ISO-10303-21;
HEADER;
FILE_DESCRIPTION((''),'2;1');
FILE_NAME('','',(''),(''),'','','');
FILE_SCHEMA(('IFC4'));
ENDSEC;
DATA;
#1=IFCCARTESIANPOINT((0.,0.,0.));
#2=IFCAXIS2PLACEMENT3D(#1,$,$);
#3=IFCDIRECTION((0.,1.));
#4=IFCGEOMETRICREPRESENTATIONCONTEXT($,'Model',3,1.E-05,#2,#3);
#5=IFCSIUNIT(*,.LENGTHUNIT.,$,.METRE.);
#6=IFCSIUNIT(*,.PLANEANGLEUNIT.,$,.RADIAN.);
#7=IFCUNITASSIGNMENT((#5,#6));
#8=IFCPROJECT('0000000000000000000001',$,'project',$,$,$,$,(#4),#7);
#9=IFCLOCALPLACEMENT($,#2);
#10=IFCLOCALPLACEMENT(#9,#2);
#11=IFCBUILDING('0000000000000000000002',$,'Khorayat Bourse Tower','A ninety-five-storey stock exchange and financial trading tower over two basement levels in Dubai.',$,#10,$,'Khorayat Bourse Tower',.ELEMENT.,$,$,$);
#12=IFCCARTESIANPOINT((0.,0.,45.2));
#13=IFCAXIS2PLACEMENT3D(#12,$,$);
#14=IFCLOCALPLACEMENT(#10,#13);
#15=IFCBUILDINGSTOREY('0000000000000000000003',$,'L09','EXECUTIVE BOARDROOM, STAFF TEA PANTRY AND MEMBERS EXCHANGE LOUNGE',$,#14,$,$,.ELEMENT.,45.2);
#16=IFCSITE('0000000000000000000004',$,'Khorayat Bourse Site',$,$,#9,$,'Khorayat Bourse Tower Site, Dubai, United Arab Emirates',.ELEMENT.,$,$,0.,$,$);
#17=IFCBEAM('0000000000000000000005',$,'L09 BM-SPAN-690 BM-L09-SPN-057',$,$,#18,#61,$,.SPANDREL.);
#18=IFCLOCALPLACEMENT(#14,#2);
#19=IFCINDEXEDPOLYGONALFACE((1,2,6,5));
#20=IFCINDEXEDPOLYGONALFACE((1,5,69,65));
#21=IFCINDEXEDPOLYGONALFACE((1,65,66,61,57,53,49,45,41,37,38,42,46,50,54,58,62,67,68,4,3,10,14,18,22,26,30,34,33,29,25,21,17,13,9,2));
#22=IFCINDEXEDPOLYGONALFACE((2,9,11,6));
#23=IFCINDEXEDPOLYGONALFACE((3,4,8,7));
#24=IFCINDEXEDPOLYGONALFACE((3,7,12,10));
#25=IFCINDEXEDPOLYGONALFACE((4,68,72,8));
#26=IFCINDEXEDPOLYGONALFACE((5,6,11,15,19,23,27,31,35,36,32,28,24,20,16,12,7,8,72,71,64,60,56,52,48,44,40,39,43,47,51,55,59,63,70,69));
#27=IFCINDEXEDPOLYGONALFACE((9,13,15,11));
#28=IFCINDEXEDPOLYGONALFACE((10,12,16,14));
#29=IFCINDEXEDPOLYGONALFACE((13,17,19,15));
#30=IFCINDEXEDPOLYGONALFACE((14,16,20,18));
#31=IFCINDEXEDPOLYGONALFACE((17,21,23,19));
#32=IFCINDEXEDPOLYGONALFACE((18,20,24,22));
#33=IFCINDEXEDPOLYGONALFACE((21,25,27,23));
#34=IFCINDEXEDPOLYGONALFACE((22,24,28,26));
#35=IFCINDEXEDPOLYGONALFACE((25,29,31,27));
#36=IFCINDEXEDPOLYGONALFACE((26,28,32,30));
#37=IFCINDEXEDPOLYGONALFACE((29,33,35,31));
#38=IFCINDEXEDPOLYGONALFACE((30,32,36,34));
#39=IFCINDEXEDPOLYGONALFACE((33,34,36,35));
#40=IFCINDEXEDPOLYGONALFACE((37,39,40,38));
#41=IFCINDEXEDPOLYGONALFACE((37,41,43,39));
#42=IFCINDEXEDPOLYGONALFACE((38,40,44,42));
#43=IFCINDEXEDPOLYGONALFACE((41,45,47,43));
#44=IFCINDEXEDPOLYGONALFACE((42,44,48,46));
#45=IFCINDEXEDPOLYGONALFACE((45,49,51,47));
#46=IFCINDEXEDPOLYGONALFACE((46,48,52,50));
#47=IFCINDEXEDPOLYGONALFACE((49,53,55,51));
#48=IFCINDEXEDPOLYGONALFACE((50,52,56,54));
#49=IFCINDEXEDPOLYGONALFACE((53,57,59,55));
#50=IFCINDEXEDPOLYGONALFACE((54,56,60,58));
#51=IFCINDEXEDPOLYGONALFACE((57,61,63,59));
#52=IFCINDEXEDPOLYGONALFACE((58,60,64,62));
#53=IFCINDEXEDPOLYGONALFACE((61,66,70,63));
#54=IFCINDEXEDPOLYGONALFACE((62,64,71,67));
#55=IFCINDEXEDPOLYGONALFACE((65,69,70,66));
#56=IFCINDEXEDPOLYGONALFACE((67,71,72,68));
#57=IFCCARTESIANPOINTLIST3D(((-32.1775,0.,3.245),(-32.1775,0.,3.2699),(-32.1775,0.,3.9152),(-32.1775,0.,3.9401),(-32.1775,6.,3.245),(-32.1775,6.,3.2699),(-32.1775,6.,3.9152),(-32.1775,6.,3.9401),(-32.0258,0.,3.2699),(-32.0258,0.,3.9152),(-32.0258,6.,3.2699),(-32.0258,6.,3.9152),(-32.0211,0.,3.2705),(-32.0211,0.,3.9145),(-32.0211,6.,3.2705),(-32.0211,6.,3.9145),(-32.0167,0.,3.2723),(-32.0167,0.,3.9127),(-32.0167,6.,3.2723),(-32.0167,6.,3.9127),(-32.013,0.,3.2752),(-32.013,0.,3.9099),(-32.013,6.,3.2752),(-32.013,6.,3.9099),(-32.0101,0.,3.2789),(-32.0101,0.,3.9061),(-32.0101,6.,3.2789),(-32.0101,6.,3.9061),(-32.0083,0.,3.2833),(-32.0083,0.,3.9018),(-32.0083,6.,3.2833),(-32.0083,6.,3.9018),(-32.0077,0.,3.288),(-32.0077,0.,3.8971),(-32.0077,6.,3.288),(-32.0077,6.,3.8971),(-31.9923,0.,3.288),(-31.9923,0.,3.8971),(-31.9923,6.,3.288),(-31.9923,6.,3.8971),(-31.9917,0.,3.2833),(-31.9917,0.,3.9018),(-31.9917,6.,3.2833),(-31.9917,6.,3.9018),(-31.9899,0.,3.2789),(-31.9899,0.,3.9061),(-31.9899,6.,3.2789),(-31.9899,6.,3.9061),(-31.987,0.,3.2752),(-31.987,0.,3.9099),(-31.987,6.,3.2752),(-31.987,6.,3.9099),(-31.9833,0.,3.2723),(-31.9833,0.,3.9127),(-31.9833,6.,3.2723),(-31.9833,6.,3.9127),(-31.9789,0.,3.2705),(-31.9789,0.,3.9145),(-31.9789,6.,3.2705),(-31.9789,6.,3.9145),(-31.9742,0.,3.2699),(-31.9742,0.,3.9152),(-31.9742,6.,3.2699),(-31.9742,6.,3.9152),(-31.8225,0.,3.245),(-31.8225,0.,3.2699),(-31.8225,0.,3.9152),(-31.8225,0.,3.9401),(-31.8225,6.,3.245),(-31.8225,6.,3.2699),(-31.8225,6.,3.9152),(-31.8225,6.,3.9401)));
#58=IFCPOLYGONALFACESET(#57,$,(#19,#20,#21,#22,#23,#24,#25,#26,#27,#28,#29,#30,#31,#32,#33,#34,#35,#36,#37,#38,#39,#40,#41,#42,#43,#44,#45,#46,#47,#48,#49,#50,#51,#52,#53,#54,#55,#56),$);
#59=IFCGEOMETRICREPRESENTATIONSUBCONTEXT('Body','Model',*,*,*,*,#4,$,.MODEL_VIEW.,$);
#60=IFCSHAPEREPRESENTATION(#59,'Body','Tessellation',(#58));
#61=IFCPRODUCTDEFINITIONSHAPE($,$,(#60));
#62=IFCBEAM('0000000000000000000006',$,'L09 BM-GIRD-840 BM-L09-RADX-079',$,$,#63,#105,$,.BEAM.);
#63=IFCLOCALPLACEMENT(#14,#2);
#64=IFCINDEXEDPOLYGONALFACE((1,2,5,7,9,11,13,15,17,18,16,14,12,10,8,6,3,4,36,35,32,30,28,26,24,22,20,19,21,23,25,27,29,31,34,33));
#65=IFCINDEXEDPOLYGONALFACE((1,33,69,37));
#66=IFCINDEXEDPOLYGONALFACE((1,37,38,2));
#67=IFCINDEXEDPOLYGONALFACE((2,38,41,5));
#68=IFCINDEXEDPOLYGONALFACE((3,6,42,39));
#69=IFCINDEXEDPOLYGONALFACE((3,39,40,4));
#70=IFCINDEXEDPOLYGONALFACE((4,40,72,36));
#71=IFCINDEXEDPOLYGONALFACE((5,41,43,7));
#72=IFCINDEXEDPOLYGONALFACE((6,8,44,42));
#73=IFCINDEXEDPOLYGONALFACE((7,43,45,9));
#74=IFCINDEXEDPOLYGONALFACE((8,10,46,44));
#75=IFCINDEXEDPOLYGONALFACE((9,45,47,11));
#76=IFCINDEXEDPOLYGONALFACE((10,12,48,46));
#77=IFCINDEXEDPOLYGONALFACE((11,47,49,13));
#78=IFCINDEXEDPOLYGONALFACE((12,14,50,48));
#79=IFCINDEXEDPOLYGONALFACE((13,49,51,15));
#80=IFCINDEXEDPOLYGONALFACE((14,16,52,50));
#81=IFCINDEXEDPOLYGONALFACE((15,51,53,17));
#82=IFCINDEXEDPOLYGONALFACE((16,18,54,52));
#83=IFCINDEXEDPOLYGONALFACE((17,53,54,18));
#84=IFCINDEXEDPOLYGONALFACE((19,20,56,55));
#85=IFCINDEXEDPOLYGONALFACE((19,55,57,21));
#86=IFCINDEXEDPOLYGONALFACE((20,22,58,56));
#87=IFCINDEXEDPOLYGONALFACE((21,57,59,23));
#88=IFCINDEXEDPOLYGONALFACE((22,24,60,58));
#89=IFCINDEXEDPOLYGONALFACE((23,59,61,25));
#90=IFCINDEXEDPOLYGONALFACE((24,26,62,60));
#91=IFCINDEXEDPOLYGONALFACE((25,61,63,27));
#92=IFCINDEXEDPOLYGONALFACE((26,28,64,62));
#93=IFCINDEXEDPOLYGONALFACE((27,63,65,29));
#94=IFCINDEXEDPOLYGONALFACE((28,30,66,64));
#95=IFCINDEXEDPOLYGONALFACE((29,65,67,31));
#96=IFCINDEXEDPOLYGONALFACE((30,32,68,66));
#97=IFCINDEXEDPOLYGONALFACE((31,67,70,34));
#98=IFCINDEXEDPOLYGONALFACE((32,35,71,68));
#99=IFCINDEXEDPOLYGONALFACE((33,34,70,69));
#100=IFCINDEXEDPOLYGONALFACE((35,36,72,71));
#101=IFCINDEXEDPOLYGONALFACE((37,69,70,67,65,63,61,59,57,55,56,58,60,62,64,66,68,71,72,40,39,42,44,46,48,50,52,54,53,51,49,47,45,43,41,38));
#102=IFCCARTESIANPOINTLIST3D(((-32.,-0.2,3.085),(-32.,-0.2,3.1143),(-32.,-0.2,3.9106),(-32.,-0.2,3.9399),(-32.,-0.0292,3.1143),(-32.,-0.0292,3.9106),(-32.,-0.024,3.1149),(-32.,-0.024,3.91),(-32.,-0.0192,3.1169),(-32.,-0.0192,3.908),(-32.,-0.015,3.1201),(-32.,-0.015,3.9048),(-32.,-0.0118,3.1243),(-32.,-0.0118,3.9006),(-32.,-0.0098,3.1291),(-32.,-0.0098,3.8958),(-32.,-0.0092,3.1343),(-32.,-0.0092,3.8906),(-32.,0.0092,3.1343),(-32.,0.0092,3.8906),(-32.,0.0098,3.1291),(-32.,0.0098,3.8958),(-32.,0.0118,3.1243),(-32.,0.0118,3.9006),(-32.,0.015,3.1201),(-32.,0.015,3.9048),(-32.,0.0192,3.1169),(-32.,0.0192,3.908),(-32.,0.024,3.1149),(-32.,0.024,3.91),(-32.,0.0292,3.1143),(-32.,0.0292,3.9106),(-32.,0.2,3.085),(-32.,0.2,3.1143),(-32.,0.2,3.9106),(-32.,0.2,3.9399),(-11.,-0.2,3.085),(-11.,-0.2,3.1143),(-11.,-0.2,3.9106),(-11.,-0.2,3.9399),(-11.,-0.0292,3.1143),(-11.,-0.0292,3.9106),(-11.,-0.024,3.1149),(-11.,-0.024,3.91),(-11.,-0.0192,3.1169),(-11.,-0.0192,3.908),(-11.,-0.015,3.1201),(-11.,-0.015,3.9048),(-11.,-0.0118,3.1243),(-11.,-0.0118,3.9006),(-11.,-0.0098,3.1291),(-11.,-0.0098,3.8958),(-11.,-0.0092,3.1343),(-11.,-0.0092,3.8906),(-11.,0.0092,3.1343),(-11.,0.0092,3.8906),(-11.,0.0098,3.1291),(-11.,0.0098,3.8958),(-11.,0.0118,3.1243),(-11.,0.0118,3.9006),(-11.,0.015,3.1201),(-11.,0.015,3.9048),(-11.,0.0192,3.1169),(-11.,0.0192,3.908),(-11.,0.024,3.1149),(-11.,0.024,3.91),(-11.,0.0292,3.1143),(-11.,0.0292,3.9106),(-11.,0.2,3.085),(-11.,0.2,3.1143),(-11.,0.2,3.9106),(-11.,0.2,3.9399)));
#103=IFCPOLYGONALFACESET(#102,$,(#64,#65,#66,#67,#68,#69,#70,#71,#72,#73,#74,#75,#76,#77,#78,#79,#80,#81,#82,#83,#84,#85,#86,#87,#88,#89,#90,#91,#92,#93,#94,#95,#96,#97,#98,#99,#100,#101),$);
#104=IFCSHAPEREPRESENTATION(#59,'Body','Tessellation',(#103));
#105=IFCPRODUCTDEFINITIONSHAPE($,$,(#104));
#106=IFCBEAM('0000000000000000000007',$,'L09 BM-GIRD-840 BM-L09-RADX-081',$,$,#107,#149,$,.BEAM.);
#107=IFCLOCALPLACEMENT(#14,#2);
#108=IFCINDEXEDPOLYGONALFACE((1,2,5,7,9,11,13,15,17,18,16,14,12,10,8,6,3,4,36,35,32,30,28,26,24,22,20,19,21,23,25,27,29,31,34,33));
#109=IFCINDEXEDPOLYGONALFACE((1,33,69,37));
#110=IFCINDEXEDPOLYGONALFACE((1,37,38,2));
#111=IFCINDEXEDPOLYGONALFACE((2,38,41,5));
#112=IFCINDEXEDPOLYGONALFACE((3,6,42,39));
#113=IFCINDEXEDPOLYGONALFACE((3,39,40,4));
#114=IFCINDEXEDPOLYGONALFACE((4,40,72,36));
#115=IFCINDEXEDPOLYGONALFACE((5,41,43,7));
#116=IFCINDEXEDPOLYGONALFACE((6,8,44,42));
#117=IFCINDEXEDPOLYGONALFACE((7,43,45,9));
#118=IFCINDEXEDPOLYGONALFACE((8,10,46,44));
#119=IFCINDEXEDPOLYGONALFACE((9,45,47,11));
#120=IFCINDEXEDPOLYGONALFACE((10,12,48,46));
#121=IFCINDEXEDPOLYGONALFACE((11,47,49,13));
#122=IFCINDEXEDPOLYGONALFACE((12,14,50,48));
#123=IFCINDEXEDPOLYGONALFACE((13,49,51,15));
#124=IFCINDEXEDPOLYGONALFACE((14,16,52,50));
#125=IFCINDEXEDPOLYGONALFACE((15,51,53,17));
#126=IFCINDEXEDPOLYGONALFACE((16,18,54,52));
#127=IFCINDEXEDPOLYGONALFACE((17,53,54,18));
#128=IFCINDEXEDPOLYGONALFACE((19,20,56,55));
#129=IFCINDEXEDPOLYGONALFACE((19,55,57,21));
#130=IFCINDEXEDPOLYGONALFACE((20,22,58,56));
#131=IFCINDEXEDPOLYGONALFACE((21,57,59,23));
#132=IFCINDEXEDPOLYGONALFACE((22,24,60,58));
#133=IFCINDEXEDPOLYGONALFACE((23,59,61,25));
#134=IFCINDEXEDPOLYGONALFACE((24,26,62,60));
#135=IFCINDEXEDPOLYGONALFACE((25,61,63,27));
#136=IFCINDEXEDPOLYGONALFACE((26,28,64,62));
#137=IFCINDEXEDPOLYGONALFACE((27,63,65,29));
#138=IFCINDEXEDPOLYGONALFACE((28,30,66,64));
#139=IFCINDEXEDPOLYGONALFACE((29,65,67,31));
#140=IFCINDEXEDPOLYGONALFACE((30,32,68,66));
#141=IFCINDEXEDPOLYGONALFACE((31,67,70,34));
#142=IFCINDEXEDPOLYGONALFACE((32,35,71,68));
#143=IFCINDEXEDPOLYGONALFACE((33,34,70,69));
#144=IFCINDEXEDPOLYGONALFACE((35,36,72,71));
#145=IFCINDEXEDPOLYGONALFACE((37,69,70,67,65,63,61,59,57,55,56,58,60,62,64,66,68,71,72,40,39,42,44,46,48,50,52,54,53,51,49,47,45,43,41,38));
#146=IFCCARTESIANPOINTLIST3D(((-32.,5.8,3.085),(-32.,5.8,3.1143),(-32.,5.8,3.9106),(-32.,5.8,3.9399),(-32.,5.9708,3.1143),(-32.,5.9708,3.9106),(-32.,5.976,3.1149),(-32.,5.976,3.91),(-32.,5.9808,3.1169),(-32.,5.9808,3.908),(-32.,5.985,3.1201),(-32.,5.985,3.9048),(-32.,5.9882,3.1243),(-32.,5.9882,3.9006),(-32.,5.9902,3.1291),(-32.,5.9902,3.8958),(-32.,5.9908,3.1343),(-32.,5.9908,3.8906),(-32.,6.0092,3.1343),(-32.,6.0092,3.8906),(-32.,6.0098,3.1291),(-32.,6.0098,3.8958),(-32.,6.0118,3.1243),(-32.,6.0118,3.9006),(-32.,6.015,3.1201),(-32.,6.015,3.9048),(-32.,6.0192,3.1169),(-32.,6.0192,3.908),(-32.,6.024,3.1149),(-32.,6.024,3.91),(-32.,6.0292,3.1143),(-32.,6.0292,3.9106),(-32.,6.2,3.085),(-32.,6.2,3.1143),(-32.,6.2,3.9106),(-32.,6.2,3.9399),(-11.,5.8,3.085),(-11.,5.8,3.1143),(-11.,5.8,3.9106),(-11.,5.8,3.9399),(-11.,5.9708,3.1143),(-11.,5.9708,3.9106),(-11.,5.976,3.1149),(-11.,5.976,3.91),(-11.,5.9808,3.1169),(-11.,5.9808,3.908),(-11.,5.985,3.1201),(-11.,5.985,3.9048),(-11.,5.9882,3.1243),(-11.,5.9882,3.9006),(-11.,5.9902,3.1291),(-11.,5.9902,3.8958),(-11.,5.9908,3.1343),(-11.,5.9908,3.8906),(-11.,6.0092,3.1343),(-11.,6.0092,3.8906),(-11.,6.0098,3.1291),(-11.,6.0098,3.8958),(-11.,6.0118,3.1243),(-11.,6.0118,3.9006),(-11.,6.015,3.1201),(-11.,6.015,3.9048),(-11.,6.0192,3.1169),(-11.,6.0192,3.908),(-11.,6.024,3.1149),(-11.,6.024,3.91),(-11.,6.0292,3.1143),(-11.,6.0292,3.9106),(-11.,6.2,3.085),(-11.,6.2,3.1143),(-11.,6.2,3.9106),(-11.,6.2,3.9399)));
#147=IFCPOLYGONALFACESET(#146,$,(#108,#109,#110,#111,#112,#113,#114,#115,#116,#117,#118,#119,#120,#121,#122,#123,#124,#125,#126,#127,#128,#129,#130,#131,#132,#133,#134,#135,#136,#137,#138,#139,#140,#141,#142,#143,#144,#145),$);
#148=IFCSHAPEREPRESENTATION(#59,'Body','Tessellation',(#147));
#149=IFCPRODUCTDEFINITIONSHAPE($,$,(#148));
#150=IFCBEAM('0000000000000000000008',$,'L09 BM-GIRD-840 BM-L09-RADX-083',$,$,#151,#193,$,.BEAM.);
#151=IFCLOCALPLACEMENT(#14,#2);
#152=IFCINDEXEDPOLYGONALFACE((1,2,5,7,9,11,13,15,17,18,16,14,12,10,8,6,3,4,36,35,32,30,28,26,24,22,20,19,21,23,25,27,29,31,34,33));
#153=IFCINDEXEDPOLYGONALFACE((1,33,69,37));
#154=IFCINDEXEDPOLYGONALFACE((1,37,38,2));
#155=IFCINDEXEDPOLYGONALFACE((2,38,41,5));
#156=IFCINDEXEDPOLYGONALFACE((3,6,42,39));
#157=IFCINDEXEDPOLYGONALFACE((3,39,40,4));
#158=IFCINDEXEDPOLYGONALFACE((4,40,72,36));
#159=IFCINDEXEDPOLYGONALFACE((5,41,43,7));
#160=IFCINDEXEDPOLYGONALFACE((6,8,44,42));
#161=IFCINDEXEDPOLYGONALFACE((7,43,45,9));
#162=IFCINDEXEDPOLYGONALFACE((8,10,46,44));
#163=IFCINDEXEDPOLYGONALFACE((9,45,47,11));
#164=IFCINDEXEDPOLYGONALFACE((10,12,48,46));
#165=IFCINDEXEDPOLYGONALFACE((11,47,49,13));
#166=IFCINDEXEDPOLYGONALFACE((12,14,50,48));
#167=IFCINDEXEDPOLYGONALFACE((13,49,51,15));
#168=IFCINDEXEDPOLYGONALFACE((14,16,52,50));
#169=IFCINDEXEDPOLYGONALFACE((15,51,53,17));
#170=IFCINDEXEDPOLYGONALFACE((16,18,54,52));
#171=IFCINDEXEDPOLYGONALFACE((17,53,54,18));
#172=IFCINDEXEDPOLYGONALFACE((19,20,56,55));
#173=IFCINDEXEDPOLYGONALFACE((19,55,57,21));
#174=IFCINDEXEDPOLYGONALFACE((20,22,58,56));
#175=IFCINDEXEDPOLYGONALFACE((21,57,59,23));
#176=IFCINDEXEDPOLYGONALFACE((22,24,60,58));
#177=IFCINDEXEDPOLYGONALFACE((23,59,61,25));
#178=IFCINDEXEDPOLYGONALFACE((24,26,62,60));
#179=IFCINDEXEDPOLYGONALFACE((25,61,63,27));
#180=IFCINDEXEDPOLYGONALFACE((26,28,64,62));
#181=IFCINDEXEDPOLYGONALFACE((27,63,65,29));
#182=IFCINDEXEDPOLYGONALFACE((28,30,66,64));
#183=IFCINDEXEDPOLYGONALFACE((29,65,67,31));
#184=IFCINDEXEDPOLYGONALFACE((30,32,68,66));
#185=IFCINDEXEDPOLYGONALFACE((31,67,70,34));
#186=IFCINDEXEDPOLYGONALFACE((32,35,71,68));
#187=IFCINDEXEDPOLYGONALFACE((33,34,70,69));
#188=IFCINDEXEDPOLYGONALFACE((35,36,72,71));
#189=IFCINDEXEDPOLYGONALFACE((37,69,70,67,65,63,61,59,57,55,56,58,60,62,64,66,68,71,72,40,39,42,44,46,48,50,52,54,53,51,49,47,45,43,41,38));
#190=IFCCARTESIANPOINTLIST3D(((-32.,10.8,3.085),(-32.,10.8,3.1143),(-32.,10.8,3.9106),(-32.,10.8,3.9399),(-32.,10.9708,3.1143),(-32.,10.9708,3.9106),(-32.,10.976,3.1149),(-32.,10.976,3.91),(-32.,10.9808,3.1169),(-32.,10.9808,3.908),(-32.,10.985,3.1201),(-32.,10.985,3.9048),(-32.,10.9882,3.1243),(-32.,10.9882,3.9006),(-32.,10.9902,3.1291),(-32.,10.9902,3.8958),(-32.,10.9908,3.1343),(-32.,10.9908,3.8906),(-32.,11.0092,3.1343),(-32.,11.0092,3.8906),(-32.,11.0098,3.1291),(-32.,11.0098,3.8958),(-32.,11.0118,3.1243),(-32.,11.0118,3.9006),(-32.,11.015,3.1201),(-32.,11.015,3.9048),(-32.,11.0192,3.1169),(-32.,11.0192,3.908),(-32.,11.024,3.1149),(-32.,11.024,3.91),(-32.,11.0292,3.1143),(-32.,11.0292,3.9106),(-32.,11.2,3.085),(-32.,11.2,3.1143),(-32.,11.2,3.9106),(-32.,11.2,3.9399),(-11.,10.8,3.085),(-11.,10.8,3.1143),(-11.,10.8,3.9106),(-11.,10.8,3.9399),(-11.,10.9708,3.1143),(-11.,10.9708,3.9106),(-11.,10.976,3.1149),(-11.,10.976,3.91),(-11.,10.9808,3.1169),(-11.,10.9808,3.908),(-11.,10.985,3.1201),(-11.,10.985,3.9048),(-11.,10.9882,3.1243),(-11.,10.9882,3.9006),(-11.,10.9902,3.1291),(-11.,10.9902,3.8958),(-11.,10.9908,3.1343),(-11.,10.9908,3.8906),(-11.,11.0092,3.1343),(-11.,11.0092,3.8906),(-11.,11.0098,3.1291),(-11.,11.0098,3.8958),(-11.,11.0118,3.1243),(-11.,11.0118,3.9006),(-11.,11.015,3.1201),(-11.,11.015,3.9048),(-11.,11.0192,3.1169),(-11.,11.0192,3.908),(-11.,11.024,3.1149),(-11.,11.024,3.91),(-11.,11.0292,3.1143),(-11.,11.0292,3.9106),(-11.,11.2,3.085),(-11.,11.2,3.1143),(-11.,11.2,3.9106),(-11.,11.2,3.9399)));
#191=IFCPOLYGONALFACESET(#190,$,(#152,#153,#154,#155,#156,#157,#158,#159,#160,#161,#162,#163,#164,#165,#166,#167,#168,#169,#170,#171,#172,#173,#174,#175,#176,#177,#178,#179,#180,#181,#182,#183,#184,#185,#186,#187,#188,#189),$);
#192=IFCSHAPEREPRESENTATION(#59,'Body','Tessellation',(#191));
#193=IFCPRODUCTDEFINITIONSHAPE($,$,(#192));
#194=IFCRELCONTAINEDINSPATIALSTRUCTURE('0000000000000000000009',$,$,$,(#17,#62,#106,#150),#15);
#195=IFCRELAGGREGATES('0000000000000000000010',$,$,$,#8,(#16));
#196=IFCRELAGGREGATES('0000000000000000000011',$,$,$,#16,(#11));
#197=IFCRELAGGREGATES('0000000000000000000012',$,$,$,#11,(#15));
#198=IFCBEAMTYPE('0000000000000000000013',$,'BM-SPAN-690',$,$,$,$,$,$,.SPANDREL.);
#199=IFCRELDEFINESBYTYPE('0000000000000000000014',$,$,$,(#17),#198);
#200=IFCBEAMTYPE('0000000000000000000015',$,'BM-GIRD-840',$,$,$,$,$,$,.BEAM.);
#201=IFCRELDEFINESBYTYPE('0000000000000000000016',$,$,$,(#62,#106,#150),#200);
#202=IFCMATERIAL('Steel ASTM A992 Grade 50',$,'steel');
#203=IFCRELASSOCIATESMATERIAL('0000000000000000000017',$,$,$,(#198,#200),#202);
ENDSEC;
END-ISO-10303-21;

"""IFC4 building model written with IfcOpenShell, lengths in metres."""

from ifc_helpers import new_model, si_unit, direction, frame, origin, origin_2d, place, context, subcontext, project, spatial, i_section, extrude, source, transform, mapped, material, material_profile, profile_set, type_object, element, save


model = new_model("IFC4")

# Units and contexts
model_context = context("Model", 3, precision=1e-05, world=origin(), true_north=direction((0.0, 1.0)))
body_context = subcontext(model_context, "Body", "Model", "MODEL_VIEW")
ifc_project = project(units=[si_unit("LENGTHUNIT", "METRE"), si_unit("PLANEANGLEUNIT", "RADIAN")], contexts=[model_context])

# Site, building, storey
site_placement = place(None, origin())
site = spatial("IfcSite", under=ifc_project, at=site_placement, Name="Khorayat Bourse Site", LongName="Khorayat Bourse Tower Site, Dubai, United Arab Emirates", CompositionType="ELEMENT", RefElevation=0.0)
building_placement = place(site_placement, origin())
building = spatial("IfcBuilding", under=site, at=building_placement, Name="Khorayat Bourse Tower", Description="A ninety-five-storey stock exchange and financial trading tower over two basement levels in Dubai.", LongName="Khorayat Bourse Tower", CompositionType="ELEMENT")
storey_placement = place(building_placement, frame((0.0, 0.0, 45.2)))
storey = spatial("IfcBuildingStorey", under=building, at=storey_placement, Name="L09", Description="EXECUTIVE BOARDROOM, STAFF TEA PANTRY AND MEMBERS EXCHANGE LOUNGE", CompositionType="ELEMENT", Elevation=45.2)

# Beams
ifc_material_1 = material(Name="Steel ASTM A992 Grade 50", Category="steel")
ifc_material_profile_1 = material_profile(ifc_material_1, i_section(OverallWidth=0.355, OverallDepth=0.6951, WebThickness=0.0154, FlangeThickness=0.0249, FilletRadius=0.0181, at=origin_2d()), Name="W690X217")
ifc_profile_set_1 = profile_set([ifc_material_profile_1], Name="Steel ASTM A992 Grade 50")
beam_type_1 = type_object("IfcBeamType", Name="BM-SPAN-690", PredefinedType="SPANDREL", material=ifc_profile_set_1)
shared_shape_1 = source(origin(), body_context, "Body", "SweptSolid", [
    extrude(i_section(OverallWidth=0.355, OverallDepth=0.6951, WebThickness=0.0154, FlangeThickness=0.0249, FilletRadius=0.0181, at=origin_2d()), origin(), (0.0, 0.0, 1.0), 6.0),
])
beam_1_placement = place(storey_placement, frame((-32.0, 0.0, 3.5925), z_axis=(0.0, 1.0, 0.0), x_axis=(-1.0, 0.0, 0.0)))
element("IfcBeam", 1, at=beam_1_placement, inside=storey, type_object=beam_type_1, Name="L09 BM-SPAN-690 BM-L09-SPN-057", PredefinedType="SPANDREL", context=body_context, shape_type="MappedRepresentation", body=[
    mapped(shared_shape_1, transform((0.0, 0.0, 0.0), scale=1.0)),
])
ifc_material_profile_2 = material_profile(ifc_material_1, i_section(OverallWidth=0.3999, OverallDepth=0.855, WebThickness=0.0183, FlangeThickness=0.0293, FilletRadius=0.02, at=origin_2d()), Name="W840X299")
ifc_profile_set_2 = profile_set([ifc_material_profile_2], Name="Steel ASTM A992 Grade 50")
beam_type_2 = type_object("IfcBeamType", Name="BM-GIRD-840", PredefinedType="BEAM", material=ifc_profile_set_2)
shared_shape_2 = source(origin(), body_context, "Body", "SweptSolid", [
    extrude(i_section(OverallWidth=0.3999, OverallDepth=0.855, WebThickness=0.0183, FlangeThickness=0.0293, FilletRadius=0.02, at=origin_2d()), origin(), (0.0, 0.0, 1.0), 21.0),
])
for number, where, z_axis, x_axis, name in (
    (2, (-32.0, 0.0, 3.5125), (1.0, 0.0, 0.0), (0.0, 1.0, 0.0), "L09 BM-GIRD-840 BM-L09-RADX-079"),
    (3, (-32.0, 6.0, 3.5125), (1.0, 0.0, 0.0), (0.0, 1.0, 0.0), "L09 BM-GIRD-840 BM-L09-RADX-081"),
    (4, (-32.0, 11.0, 3.5125), (1.0, 0.0, 0.0), (0.0, 1.0, 0.0), "L09 BM-GIRD-840 BM-L09-RADX-083"),
):
    element("IfcBeam", number, at=place(storey_placement, frame(where, z_axis=z_axis, x_axis=x_axis)), inside=storey, type_object=beam_type_2, Name=name, PredefinedType="BEAM", context=body_context, shape_type="MappedRepresentation", body=[
        mapped(shared_shape_2, transform((0.0, 0.0, 0.0), scale=1.0)),
    ])

save(model, "model.ifc")
